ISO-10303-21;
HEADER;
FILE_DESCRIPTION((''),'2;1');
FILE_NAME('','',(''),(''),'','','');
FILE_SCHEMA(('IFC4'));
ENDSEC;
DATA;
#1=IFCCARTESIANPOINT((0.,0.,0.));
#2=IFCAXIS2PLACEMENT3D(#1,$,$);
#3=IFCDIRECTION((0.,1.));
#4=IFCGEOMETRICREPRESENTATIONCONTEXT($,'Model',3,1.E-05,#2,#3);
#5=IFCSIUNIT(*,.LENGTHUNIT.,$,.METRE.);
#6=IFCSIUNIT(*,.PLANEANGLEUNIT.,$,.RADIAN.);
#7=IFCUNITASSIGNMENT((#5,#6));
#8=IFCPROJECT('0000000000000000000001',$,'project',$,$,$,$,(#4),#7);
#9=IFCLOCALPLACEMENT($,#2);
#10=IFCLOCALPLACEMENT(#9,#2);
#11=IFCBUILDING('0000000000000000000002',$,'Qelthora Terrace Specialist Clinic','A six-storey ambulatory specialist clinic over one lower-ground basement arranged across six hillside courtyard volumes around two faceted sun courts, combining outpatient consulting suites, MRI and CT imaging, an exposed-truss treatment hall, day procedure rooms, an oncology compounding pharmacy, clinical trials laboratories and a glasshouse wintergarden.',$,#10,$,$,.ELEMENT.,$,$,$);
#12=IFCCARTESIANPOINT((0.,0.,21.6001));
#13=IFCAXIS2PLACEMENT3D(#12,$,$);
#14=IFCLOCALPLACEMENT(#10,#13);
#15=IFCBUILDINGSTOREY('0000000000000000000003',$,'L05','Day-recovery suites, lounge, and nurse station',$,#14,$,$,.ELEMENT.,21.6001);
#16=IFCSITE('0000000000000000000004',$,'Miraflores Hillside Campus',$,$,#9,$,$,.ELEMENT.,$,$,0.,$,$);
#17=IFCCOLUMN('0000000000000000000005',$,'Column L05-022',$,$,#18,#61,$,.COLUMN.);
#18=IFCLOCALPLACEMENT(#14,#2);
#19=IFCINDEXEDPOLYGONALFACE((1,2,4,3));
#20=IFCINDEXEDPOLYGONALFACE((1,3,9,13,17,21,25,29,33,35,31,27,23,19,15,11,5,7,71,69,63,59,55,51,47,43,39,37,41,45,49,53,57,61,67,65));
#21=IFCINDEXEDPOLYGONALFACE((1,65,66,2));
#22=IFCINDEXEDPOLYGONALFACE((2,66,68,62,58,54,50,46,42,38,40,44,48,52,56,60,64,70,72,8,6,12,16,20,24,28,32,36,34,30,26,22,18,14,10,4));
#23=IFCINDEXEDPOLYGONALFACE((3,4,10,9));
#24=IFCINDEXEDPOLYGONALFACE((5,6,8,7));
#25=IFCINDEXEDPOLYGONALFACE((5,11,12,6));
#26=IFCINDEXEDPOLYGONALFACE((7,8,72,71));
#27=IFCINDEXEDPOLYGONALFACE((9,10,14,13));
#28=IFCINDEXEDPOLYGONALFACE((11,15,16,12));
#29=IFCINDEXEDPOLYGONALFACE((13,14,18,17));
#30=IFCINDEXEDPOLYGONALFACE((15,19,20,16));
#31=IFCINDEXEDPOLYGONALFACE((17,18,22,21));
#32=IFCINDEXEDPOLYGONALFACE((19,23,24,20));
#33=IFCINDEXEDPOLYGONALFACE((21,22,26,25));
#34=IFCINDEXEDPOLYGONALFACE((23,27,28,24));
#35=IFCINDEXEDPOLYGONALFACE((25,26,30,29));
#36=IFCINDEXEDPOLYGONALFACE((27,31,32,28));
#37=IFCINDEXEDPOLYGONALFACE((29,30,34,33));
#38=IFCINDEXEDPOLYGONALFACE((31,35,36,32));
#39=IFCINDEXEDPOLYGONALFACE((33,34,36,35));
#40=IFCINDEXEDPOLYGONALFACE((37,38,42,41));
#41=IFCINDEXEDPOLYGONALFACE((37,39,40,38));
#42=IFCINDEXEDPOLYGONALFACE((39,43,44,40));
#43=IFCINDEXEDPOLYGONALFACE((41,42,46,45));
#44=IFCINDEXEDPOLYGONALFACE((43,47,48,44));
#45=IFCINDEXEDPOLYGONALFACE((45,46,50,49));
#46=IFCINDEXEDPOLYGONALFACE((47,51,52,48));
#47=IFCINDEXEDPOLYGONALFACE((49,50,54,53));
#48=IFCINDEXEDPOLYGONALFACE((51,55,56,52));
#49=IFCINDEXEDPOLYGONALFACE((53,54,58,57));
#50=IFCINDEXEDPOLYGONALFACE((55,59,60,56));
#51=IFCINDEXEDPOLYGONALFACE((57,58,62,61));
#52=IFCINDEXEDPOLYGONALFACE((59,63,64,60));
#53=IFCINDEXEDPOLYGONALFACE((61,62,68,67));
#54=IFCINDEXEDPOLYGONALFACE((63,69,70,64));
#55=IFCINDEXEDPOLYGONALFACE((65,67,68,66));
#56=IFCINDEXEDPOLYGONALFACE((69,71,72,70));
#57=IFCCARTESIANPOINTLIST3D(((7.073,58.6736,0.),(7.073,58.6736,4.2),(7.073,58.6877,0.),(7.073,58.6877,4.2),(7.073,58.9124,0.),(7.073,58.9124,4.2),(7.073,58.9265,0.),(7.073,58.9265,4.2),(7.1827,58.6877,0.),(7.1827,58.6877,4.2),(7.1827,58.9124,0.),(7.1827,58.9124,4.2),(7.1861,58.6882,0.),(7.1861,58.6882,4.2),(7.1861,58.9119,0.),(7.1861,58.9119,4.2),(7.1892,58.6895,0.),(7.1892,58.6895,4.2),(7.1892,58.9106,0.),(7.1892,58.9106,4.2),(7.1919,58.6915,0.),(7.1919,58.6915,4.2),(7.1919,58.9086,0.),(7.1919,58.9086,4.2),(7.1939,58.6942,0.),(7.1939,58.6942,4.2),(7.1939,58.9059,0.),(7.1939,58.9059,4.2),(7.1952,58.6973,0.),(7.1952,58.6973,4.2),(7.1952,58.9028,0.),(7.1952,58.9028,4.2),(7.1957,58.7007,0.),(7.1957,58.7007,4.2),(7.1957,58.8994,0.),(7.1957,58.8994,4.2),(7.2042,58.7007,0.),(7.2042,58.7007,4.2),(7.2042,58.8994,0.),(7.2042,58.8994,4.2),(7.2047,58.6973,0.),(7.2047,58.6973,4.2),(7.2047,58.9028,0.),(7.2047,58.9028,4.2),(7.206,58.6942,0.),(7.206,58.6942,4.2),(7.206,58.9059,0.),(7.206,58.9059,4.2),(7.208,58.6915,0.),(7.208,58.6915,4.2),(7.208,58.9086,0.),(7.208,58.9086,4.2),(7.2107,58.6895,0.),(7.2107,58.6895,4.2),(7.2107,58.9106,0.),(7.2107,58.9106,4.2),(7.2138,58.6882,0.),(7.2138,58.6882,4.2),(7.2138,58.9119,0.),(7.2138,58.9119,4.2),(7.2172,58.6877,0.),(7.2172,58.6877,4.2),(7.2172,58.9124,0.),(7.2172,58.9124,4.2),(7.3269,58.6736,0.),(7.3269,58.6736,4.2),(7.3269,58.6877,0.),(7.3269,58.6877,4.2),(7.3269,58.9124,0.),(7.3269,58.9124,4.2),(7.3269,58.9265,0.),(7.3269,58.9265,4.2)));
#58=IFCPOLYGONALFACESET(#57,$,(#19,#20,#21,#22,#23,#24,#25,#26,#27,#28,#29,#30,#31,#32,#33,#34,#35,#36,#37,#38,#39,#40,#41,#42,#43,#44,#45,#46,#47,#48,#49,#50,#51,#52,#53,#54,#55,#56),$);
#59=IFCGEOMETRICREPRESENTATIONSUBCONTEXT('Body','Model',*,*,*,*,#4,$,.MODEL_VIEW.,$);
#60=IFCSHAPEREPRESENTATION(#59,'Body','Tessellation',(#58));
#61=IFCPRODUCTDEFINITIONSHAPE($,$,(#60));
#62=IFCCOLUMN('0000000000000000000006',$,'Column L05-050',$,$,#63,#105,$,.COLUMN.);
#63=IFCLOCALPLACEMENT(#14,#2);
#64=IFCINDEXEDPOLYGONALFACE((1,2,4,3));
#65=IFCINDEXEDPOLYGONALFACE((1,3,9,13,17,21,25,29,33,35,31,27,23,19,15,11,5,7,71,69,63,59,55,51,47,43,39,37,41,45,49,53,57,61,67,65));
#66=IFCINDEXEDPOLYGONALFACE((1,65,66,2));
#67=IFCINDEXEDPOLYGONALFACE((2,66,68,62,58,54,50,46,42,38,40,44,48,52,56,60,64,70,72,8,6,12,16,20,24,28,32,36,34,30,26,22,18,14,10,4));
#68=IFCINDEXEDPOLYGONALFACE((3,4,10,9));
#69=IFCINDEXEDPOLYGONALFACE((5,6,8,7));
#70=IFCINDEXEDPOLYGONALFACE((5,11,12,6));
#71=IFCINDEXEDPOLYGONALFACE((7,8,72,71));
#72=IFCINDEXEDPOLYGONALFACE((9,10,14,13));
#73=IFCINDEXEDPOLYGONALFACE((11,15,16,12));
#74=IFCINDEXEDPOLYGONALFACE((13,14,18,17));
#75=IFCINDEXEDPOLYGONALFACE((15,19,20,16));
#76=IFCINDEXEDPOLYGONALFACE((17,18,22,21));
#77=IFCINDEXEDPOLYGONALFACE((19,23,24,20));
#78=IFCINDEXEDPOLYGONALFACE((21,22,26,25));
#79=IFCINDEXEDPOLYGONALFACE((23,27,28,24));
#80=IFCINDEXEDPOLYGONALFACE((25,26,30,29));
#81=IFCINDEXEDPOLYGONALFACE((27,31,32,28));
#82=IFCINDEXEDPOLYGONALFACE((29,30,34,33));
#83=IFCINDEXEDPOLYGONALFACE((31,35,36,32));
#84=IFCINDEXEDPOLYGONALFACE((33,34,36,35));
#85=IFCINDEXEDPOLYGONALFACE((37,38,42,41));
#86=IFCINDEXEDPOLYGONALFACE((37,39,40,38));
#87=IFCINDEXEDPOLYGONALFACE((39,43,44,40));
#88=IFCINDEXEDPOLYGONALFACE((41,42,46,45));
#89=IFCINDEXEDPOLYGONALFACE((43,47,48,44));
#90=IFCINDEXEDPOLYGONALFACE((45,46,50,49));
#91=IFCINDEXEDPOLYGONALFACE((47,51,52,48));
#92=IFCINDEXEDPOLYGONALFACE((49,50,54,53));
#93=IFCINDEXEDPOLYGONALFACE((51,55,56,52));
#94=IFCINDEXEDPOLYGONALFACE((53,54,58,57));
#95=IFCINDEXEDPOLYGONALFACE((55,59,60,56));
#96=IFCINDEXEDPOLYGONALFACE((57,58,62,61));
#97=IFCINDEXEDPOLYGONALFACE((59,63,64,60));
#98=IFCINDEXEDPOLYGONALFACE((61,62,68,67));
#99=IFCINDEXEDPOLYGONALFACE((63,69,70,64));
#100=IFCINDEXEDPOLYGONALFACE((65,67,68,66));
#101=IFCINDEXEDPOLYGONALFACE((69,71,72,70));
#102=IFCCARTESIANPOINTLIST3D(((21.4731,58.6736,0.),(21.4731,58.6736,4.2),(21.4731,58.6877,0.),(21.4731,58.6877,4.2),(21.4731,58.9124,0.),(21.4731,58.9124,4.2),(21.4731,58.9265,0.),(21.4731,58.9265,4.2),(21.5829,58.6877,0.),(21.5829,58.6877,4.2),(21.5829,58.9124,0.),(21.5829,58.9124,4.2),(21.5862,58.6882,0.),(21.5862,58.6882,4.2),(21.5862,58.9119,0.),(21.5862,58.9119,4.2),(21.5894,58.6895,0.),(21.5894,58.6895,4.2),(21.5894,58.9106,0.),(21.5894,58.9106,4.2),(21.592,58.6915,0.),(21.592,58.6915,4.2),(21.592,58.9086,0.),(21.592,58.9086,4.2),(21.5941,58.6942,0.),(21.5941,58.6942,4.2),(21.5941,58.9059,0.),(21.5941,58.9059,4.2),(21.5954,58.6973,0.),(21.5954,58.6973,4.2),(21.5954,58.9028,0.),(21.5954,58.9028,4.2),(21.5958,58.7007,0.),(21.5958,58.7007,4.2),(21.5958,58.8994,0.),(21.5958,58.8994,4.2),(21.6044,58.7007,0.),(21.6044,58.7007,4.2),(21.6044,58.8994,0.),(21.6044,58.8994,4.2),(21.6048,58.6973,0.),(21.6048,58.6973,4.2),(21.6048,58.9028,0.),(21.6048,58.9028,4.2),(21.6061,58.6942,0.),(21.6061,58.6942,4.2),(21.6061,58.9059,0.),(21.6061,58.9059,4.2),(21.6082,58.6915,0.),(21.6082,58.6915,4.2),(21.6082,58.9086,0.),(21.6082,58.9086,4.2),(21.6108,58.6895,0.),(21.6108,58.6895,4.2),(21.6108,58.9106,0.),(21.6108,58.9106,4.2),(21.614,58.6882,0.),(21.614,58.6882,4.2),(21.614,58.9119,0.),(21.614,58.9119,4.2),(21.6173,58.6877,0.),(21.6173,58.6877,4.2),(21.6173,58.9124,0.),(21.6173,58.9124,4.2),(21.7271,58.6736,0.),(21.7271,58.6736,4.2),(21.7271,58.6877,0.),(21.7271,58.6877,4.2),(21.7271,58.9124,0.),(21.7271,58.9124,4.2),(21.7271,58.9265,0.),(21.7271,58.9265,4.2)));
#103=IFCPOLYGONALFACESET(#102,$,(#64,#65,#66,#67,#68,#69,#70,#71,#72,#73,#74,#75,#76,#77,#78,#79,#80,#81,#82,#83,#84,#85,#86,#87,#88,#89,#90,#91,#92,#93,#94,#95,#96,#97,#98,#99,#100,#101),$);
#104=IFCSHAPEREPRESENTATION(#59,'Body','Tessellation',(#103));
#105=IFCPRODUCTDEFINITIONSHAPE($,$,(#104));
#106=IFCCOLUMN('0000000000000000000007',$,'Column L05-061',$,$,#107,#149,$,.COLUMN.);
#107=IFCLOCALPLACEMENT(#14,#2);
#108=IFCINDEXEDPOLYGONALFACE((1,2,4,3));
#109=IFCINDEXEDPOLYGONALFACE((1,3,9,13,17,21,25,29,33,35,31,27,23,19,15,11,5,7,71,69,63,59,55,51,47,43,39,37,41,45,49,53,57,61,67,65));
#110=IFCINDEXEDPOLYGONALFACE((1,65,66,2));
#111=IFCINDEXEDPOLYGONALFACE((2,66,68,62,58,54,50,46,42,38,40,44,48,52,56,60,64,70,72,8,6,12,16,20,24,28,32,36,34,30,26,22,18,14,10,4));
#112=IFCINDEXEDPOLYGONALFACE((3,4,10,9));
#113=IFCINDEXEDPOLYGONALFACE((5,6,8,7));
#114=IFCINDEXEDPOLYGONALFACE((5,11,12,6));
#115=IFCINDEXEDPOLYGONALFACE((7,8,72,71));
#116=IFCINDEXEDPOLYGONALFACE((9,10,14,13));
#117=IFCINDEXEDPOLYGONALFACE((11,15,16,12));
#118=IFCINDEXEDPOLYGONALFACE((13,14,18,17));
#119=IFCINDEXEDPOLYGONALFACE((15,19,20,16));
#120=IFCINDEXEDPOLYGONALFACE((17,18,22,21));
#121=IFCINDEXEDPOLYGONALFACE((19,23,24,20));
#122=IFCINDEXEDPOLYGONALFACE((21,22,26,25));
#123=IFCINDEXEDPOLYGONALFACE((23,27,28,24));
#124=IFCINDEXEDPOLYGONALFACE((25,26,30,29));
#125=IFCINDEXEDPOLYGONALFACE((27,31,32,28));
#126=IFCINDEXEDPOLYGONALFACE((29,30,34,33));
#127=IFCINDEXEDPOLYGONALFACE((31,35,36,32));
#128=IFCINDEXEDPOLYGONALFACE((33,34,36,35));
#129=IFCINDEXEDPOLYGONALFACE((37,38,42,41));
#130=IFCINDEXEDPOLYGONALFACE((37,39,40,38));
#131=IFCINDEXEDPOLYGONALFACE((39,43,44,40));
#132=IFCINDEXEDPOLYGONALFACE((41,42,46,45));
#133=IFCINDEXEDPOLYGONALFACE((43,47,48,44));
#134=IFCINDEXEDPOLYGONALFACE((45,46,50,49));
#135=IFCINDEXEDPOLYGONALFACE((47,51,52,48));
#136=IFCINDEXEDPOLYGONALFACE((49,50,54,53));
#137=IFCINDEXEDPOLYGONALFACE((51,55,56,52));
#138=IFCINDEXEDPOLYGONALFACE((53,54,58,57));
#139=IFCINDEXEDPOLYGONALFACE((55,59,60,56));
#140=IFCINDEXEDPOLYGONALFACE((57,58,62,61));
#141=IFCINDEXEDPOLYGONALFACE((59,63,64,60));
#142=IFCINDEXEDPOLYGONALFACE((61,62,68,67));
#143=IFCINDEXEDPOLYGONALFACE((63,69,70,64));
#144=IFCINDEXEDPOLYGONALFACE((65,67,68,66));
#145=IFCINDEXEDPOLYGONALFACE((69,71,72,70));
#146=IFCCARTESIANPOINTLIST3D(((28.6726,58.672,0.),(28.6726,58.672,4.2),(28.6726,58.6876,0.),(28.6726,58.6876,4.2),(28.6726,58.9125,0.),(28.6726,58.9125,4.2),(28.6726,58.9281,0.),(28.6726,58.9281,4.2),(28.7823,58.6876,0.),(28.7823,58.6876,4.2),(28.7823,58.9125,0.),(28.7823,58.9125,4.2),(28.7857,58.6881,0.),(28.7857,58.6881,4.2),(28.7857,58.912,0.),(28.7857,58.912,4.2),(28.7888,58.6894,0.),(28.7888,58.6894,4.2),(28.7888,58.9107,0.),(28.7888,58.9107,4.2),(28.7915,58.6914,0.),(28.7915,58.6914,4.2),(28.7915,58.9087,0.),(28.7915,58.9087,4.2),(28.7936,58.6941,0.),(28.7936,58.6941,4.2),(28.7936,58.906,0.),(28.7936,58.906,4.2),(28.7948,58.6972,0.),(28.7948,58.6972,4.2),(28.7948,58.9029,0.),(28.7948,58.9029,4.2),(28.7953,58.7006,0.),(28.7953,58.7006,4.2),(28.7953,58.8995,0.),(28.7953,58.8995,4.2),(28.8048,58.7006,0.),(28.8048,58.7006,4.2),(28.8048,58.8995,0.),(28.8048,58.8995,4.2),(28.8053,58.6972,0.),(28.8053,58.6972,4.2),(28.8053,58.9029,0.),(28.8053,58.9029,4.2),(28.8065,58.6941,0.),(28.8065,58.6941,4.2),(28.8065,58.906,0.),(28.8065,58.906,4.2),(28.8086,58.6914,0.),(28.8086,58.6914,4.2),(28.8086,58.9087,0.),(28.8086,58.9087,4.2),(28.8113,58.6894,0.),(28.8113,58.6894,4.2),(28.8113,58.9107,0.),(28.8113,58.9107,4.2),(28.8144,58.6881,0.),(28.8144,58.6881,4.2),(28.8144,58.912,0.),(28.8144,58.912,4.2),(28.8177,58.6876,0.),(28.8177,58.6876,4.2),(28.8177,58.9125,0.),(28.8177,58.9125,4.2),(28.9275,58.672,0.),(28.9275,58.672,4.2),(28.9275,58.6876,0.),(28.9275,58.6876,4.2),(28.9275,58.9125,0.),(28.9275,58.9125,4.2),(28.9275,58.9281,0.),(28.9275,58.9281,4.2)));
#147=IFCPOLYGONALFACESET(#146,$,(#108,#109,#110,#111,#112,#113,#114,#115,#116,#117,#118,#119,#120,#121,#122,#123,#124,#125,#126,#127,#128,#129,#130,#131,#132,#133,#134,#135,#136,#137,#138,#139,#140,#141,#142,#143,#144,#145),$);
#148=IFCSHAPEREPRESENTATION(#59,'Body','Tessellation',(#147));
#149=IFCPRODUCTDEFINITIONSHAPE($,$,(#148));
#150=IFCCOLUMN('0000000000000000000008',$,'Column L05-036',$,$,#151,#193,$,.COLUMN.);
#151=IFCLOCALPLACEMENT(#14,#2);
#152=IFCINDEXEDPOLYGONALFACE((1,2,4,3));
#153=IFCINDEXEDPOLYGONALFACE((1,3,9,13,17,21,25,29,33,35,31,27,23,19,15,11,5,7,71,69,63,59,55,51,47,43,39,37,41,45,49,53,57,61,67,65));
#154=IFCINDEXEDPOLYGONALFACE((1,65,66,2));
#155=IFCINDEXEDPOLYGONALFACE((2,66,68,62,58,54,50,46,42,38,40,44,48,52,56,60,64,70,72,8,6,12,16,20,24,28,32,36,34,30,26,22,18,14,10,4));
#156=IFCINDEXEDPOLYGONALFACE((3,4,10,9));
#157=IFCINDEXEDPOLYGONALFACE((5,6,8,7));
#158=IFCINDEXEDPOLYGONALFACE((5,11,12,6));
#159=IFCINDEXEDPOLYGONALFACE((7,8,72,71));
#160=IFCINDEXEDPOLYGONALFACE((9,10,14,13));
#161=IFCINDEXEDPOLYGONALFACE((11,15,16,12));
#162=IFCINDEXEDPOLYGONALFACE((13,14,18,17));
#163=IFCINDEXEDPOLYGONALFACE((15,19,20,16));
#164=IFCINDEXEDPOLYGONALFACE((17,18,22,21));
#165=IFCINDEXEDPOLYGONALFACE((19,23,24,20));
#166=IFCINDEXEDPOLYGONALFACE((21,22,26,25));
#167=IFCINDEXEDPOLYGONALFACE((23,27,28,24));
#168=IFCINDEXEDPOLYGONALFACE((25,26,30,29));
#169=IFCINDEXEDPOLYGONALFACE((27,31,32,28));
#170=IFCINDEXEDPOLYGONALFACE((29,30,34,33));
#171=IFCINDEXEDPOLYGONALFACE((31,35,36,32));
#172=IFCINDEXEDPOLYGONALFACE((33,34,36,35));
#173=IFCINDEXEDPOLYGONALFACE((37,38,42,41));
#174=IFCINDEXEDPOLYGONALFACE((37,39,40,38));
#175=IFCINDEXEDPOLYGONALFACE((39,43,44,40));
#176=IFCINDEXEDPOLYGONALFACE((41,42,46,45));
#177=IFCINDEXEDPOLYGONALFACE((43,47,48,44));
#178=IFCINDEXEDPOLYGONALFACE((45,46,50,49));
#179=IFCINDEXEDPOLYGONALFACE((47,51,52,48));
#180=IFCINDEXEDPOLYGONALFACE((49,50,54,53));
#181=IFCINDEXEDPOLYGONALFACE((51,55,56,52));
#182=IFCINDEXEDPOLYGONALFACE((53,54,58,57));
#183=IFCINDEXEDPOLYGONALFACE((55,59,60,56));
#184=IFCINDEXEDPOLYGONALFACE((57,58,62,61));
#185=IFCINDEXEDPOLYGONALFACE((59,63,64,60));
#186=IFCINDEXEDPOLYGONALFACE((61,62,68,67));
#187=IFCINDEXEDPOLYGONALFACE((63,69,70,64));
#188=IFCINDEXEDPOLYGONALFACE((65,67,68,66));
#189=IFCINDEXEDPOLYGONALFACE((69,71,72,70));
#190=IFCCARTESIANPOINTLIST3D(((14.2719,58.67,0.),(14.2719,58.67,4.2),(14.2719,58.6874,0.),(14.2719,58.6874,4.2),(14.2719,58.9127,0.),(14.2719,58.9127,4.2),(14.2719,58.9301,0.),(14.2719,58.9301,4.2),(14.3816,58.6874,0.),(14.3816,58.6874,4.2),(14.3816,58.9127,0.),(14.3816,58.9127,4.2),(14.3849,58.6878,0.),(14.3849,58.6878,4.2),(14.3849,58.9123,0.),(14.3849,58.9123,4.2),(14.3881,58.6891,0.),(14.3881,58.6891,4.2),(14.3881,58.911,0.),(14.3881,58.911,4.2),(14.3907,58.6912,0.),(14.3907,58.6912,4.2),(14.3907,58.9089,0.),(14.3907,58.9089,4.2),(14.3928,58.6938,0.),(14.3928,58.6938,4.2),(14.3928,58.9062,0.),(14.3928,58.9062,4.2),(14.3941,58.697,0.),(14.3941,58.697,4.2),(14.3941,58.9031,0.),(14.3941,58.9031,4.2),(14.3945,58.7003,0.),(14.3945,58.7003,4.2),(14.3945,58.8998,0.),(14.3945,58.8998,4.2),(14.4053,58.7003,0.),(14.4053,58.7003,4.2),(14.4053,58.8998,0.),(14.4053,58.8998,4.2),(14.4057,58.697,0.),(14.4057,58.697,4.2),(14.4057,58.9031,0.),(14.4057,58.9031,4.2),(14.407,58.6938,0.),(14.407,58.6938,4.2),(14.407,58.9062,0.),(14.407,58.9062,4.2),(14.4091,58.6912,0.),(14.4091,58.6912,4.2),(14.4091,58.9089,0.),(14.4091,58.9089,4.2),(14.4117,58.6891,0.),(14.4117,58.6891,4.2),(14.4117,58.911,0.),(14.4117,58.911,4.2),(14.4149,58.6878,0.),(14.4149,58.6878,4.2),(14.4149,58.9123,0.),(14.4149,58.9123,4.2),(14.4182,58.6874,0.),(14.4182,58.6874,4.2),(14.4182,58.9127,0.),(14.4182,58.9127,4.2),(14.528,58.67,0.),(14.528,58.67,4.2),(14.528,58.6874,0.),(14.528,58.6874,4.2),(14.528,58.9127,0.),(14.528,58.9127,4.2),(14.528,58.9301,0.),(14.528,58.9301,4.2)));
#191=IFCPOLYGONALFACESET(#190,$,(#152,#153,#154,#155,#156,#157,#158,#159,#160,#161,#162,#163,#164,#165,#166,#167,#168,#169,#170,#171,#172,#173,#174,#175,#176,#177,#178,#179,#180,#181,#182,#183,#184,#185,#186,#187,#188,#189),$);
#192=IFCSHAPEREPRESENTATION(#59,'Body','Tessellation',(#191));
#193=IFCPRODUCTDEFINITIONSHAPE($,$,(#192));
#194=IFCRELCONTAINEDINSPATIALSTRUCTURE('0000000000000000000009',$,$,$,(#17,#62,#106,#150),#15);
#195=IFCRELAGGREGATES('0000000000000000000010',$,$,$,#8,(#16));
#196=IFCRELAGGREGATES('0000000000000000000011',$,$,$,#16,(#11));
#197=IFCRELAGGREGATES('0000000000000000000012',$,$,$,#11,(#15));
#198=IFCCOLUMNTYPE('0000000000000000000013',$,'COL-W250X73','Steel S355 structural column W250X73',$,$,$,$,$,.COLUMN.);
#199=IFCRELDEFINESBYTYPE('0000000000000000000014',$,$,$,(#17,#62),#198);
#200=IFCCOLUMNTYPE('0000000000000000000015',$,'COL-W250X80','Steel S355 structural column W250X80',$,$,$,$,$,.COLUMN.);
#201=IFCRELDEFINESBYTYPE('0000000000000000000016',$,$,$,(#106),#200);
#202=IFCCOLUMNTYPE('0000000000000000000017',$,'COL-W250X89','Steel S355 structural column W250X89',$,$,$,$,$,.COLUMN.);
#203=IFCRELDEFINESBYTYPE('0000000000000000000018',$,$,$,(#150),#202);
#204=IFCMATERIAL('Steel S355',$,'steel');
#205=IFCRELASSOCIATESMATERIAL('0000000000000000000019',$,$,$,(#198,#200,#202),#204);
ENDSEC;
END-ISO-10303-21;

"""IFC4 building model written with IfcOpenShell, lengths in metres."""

from ifc_helpers import new_model, si_unit, direction, frame, origin, origin_2d, place, context, subcontext, project, spatial, i_section, extrude, material, material_profile, profile_set, type_object, element, save


model = new_model("IFC4")

# Units and contexts
model_context = context("Model", 3, precision=1e-05, world=origin(), true_north=direction((0.0, 1.0)))
body_context = subcontext(model_context, "Body", "Model", "MODEL_VIEW")
ifc_project = project(units=[si_unit("LENGTHUNIT", "METRE"), si_unit("PLANEANGLEUNIT", "RADIAN")], contexts=[model_context])

# Site, building, storey
site_placement = place(None, origin())
site = spatial("IfcSite", under=ifc_project, at=site_placement, Name="Miraflores Hillside Campus", CompositionType="ELEMENT", RefElevation=0.0)
building_placement = place(site_placement, origin())
building = spatial("IfcBuilding", under=site, at=building_placement, Name="Qelthora Terrace Specialist Clinic", Description="A six-storey ambulatory specialist clinic over one lower-ground basement arranged across six hillside courtyard volumes around two faceted sun courts, combining outpatient consulting suites, MRI and CT imaging, an exposed-truss treatment hall, day procedure rooms, an oncology compounding pharmacy, clinical trials laboratories and a glasshouse wintergarden.", CompositionType="ELEMENT")
storey_placement = place(building_placement, frame((0.0, 0.0, 21.6001)))
storey = spatial("IfcBuildingStorey", under=building, at=storey_placement, Name="L05", Description="Day-recovery suites, lounge, and nurse station", CompositionType="ELEMENT", Elevation=21.6001)

# Columns
ifc_material_1 = material(Name="Steel S355", Category="steel")
ifc_material_profile_1 = material_profile(ifc_material_1, i_section(OverallWidth=0.2539, OverallDepth=0.2529, WebThickness=0.0085, FlangeThickness=0.0142, FilletRadius=0.0129, at=origin_2d()), Name="W250X73")
ifc_profile_set_1 = profile_set([ifc_material_profile_1], Name="Steel S355")
column_type_1 = type_object("IfcColumnType", Name="COL-W250X73", Description="Steel S355 structural column W250X73", PredefinedType="COLUMN", material=ifc_profile_set_1)
for number, where, z_axis, x_axis, name in (
    (1, (7.2, 58.8, 0.0), (0.0, 0.0, 1.0), (1.0, 0.0, 0.0), "Column L05-022"),
    (2, (21.6001, 58.8, 0.0), (0.0, 0.0, 1.0), (1.0, 0.0, 0.0), "Column L05-050"),
):
    element("IfcColumn", number, at=place(storey_placement, frame(where, z_axis=z_axis, x_axis=x_axis)), inside=storey, type_object=column_type_1, Name=name, PredefinedType="COLUMN", context=body_context, shape_type="SweptSolid", body=[
        extrude(i_section(OverallWidth=0.2539, OverallDepth=0.2529, WebThickness=0.0085, FlangeThickness=0.0142, FilletRadius=0.0129, at=origin_2d()), origin(), (0.0, 0.0, 1.0), 4.2),
    ])
ifc_material_profile_2 = material_profile(ifc_material_1, i_section(OverallWidth=0.2549, OverallDepth=0.2561, WebThickness=0.0095, FlangeThickness=0.0156, FilletRadius=0.0129, at=origin_2d()), Name="W250X80")
ifc_profile_set_2 = profile_set([ifc_material_profile_2], Name="Steel S355")
column_type_2 = type_object("IfcColumnType", Name="COL-W250X80", Description="Steel S355 structural column W250X80", PredefinedType="COLUMN", material=ifc_profile_set_2)
column_placement = place(storey_placement, frame((28.8, 58.8, 0.0), z_axis=(0.0, 0.0, 1.0), x_axis=(1.0, 0.0, 0.0)))
element("IfcColumn", 3, at=column_placement, inside=storey, type_object=column_type_2, Name="Column L05-061", PredefinedType="COLUMN", context=body_context, shape_type="SweptSolid", body=[
    extrude(i_section(OverallWidth=0.2549, OverallDepth=0.2561, WebThickness=0.0095, FlangeThickness=0.0156, FilletRadius=0.0129, at=origin_2d()), origin(), (0.0, 0.0, 1.0), 4.2),
])
ifc_material_profile_3 = material_profile(ifc_material_1, i_section(OverallWidth=0.2561, OverallDepth=0.26, WebThickness=0.0107, FlangeThickness=0.0173, FilletRadius=0.0129, at=origin_2d()), Name="W250X89")
ifc_profile_set_3 = profile_set([ifc_material_profile_3], Name="Steel S355")
column_type_3 = type_object("IfcColumnType", Name="COL-W250X89", Description="Steel S355 structural column W250X89", PredefinedType="COLUMN", material=ifc_profile_set_3)
for number, where, z_axis, x_axis, name in (
    (4, (14.3999, 58.8, 0.0), (0.0, 0.0, 1.0), (1.0, 0.0, 0.0), "Column L05-036"),
):
    element("IfcColumn", number, at=place(storey_placement, frame(where, z_axis=z_axis, x_axis=x_axis)), inside=storey, type_object=column_type_3, Name=name, PredefinedType="COLUMN", context=body_context, shape_type="SweptSolid", body=[
        extrude(i_section(OverallWidth=0.2561, OverallDepth=0.26, WebThickness=0.0107, FlangeThickness=0.0173, FilletRadius=0.0129, at=origin_2d()), origin(), (0.0, 0.0, 1.0), 4.2),
    ])

save(model, "model.ifc")
